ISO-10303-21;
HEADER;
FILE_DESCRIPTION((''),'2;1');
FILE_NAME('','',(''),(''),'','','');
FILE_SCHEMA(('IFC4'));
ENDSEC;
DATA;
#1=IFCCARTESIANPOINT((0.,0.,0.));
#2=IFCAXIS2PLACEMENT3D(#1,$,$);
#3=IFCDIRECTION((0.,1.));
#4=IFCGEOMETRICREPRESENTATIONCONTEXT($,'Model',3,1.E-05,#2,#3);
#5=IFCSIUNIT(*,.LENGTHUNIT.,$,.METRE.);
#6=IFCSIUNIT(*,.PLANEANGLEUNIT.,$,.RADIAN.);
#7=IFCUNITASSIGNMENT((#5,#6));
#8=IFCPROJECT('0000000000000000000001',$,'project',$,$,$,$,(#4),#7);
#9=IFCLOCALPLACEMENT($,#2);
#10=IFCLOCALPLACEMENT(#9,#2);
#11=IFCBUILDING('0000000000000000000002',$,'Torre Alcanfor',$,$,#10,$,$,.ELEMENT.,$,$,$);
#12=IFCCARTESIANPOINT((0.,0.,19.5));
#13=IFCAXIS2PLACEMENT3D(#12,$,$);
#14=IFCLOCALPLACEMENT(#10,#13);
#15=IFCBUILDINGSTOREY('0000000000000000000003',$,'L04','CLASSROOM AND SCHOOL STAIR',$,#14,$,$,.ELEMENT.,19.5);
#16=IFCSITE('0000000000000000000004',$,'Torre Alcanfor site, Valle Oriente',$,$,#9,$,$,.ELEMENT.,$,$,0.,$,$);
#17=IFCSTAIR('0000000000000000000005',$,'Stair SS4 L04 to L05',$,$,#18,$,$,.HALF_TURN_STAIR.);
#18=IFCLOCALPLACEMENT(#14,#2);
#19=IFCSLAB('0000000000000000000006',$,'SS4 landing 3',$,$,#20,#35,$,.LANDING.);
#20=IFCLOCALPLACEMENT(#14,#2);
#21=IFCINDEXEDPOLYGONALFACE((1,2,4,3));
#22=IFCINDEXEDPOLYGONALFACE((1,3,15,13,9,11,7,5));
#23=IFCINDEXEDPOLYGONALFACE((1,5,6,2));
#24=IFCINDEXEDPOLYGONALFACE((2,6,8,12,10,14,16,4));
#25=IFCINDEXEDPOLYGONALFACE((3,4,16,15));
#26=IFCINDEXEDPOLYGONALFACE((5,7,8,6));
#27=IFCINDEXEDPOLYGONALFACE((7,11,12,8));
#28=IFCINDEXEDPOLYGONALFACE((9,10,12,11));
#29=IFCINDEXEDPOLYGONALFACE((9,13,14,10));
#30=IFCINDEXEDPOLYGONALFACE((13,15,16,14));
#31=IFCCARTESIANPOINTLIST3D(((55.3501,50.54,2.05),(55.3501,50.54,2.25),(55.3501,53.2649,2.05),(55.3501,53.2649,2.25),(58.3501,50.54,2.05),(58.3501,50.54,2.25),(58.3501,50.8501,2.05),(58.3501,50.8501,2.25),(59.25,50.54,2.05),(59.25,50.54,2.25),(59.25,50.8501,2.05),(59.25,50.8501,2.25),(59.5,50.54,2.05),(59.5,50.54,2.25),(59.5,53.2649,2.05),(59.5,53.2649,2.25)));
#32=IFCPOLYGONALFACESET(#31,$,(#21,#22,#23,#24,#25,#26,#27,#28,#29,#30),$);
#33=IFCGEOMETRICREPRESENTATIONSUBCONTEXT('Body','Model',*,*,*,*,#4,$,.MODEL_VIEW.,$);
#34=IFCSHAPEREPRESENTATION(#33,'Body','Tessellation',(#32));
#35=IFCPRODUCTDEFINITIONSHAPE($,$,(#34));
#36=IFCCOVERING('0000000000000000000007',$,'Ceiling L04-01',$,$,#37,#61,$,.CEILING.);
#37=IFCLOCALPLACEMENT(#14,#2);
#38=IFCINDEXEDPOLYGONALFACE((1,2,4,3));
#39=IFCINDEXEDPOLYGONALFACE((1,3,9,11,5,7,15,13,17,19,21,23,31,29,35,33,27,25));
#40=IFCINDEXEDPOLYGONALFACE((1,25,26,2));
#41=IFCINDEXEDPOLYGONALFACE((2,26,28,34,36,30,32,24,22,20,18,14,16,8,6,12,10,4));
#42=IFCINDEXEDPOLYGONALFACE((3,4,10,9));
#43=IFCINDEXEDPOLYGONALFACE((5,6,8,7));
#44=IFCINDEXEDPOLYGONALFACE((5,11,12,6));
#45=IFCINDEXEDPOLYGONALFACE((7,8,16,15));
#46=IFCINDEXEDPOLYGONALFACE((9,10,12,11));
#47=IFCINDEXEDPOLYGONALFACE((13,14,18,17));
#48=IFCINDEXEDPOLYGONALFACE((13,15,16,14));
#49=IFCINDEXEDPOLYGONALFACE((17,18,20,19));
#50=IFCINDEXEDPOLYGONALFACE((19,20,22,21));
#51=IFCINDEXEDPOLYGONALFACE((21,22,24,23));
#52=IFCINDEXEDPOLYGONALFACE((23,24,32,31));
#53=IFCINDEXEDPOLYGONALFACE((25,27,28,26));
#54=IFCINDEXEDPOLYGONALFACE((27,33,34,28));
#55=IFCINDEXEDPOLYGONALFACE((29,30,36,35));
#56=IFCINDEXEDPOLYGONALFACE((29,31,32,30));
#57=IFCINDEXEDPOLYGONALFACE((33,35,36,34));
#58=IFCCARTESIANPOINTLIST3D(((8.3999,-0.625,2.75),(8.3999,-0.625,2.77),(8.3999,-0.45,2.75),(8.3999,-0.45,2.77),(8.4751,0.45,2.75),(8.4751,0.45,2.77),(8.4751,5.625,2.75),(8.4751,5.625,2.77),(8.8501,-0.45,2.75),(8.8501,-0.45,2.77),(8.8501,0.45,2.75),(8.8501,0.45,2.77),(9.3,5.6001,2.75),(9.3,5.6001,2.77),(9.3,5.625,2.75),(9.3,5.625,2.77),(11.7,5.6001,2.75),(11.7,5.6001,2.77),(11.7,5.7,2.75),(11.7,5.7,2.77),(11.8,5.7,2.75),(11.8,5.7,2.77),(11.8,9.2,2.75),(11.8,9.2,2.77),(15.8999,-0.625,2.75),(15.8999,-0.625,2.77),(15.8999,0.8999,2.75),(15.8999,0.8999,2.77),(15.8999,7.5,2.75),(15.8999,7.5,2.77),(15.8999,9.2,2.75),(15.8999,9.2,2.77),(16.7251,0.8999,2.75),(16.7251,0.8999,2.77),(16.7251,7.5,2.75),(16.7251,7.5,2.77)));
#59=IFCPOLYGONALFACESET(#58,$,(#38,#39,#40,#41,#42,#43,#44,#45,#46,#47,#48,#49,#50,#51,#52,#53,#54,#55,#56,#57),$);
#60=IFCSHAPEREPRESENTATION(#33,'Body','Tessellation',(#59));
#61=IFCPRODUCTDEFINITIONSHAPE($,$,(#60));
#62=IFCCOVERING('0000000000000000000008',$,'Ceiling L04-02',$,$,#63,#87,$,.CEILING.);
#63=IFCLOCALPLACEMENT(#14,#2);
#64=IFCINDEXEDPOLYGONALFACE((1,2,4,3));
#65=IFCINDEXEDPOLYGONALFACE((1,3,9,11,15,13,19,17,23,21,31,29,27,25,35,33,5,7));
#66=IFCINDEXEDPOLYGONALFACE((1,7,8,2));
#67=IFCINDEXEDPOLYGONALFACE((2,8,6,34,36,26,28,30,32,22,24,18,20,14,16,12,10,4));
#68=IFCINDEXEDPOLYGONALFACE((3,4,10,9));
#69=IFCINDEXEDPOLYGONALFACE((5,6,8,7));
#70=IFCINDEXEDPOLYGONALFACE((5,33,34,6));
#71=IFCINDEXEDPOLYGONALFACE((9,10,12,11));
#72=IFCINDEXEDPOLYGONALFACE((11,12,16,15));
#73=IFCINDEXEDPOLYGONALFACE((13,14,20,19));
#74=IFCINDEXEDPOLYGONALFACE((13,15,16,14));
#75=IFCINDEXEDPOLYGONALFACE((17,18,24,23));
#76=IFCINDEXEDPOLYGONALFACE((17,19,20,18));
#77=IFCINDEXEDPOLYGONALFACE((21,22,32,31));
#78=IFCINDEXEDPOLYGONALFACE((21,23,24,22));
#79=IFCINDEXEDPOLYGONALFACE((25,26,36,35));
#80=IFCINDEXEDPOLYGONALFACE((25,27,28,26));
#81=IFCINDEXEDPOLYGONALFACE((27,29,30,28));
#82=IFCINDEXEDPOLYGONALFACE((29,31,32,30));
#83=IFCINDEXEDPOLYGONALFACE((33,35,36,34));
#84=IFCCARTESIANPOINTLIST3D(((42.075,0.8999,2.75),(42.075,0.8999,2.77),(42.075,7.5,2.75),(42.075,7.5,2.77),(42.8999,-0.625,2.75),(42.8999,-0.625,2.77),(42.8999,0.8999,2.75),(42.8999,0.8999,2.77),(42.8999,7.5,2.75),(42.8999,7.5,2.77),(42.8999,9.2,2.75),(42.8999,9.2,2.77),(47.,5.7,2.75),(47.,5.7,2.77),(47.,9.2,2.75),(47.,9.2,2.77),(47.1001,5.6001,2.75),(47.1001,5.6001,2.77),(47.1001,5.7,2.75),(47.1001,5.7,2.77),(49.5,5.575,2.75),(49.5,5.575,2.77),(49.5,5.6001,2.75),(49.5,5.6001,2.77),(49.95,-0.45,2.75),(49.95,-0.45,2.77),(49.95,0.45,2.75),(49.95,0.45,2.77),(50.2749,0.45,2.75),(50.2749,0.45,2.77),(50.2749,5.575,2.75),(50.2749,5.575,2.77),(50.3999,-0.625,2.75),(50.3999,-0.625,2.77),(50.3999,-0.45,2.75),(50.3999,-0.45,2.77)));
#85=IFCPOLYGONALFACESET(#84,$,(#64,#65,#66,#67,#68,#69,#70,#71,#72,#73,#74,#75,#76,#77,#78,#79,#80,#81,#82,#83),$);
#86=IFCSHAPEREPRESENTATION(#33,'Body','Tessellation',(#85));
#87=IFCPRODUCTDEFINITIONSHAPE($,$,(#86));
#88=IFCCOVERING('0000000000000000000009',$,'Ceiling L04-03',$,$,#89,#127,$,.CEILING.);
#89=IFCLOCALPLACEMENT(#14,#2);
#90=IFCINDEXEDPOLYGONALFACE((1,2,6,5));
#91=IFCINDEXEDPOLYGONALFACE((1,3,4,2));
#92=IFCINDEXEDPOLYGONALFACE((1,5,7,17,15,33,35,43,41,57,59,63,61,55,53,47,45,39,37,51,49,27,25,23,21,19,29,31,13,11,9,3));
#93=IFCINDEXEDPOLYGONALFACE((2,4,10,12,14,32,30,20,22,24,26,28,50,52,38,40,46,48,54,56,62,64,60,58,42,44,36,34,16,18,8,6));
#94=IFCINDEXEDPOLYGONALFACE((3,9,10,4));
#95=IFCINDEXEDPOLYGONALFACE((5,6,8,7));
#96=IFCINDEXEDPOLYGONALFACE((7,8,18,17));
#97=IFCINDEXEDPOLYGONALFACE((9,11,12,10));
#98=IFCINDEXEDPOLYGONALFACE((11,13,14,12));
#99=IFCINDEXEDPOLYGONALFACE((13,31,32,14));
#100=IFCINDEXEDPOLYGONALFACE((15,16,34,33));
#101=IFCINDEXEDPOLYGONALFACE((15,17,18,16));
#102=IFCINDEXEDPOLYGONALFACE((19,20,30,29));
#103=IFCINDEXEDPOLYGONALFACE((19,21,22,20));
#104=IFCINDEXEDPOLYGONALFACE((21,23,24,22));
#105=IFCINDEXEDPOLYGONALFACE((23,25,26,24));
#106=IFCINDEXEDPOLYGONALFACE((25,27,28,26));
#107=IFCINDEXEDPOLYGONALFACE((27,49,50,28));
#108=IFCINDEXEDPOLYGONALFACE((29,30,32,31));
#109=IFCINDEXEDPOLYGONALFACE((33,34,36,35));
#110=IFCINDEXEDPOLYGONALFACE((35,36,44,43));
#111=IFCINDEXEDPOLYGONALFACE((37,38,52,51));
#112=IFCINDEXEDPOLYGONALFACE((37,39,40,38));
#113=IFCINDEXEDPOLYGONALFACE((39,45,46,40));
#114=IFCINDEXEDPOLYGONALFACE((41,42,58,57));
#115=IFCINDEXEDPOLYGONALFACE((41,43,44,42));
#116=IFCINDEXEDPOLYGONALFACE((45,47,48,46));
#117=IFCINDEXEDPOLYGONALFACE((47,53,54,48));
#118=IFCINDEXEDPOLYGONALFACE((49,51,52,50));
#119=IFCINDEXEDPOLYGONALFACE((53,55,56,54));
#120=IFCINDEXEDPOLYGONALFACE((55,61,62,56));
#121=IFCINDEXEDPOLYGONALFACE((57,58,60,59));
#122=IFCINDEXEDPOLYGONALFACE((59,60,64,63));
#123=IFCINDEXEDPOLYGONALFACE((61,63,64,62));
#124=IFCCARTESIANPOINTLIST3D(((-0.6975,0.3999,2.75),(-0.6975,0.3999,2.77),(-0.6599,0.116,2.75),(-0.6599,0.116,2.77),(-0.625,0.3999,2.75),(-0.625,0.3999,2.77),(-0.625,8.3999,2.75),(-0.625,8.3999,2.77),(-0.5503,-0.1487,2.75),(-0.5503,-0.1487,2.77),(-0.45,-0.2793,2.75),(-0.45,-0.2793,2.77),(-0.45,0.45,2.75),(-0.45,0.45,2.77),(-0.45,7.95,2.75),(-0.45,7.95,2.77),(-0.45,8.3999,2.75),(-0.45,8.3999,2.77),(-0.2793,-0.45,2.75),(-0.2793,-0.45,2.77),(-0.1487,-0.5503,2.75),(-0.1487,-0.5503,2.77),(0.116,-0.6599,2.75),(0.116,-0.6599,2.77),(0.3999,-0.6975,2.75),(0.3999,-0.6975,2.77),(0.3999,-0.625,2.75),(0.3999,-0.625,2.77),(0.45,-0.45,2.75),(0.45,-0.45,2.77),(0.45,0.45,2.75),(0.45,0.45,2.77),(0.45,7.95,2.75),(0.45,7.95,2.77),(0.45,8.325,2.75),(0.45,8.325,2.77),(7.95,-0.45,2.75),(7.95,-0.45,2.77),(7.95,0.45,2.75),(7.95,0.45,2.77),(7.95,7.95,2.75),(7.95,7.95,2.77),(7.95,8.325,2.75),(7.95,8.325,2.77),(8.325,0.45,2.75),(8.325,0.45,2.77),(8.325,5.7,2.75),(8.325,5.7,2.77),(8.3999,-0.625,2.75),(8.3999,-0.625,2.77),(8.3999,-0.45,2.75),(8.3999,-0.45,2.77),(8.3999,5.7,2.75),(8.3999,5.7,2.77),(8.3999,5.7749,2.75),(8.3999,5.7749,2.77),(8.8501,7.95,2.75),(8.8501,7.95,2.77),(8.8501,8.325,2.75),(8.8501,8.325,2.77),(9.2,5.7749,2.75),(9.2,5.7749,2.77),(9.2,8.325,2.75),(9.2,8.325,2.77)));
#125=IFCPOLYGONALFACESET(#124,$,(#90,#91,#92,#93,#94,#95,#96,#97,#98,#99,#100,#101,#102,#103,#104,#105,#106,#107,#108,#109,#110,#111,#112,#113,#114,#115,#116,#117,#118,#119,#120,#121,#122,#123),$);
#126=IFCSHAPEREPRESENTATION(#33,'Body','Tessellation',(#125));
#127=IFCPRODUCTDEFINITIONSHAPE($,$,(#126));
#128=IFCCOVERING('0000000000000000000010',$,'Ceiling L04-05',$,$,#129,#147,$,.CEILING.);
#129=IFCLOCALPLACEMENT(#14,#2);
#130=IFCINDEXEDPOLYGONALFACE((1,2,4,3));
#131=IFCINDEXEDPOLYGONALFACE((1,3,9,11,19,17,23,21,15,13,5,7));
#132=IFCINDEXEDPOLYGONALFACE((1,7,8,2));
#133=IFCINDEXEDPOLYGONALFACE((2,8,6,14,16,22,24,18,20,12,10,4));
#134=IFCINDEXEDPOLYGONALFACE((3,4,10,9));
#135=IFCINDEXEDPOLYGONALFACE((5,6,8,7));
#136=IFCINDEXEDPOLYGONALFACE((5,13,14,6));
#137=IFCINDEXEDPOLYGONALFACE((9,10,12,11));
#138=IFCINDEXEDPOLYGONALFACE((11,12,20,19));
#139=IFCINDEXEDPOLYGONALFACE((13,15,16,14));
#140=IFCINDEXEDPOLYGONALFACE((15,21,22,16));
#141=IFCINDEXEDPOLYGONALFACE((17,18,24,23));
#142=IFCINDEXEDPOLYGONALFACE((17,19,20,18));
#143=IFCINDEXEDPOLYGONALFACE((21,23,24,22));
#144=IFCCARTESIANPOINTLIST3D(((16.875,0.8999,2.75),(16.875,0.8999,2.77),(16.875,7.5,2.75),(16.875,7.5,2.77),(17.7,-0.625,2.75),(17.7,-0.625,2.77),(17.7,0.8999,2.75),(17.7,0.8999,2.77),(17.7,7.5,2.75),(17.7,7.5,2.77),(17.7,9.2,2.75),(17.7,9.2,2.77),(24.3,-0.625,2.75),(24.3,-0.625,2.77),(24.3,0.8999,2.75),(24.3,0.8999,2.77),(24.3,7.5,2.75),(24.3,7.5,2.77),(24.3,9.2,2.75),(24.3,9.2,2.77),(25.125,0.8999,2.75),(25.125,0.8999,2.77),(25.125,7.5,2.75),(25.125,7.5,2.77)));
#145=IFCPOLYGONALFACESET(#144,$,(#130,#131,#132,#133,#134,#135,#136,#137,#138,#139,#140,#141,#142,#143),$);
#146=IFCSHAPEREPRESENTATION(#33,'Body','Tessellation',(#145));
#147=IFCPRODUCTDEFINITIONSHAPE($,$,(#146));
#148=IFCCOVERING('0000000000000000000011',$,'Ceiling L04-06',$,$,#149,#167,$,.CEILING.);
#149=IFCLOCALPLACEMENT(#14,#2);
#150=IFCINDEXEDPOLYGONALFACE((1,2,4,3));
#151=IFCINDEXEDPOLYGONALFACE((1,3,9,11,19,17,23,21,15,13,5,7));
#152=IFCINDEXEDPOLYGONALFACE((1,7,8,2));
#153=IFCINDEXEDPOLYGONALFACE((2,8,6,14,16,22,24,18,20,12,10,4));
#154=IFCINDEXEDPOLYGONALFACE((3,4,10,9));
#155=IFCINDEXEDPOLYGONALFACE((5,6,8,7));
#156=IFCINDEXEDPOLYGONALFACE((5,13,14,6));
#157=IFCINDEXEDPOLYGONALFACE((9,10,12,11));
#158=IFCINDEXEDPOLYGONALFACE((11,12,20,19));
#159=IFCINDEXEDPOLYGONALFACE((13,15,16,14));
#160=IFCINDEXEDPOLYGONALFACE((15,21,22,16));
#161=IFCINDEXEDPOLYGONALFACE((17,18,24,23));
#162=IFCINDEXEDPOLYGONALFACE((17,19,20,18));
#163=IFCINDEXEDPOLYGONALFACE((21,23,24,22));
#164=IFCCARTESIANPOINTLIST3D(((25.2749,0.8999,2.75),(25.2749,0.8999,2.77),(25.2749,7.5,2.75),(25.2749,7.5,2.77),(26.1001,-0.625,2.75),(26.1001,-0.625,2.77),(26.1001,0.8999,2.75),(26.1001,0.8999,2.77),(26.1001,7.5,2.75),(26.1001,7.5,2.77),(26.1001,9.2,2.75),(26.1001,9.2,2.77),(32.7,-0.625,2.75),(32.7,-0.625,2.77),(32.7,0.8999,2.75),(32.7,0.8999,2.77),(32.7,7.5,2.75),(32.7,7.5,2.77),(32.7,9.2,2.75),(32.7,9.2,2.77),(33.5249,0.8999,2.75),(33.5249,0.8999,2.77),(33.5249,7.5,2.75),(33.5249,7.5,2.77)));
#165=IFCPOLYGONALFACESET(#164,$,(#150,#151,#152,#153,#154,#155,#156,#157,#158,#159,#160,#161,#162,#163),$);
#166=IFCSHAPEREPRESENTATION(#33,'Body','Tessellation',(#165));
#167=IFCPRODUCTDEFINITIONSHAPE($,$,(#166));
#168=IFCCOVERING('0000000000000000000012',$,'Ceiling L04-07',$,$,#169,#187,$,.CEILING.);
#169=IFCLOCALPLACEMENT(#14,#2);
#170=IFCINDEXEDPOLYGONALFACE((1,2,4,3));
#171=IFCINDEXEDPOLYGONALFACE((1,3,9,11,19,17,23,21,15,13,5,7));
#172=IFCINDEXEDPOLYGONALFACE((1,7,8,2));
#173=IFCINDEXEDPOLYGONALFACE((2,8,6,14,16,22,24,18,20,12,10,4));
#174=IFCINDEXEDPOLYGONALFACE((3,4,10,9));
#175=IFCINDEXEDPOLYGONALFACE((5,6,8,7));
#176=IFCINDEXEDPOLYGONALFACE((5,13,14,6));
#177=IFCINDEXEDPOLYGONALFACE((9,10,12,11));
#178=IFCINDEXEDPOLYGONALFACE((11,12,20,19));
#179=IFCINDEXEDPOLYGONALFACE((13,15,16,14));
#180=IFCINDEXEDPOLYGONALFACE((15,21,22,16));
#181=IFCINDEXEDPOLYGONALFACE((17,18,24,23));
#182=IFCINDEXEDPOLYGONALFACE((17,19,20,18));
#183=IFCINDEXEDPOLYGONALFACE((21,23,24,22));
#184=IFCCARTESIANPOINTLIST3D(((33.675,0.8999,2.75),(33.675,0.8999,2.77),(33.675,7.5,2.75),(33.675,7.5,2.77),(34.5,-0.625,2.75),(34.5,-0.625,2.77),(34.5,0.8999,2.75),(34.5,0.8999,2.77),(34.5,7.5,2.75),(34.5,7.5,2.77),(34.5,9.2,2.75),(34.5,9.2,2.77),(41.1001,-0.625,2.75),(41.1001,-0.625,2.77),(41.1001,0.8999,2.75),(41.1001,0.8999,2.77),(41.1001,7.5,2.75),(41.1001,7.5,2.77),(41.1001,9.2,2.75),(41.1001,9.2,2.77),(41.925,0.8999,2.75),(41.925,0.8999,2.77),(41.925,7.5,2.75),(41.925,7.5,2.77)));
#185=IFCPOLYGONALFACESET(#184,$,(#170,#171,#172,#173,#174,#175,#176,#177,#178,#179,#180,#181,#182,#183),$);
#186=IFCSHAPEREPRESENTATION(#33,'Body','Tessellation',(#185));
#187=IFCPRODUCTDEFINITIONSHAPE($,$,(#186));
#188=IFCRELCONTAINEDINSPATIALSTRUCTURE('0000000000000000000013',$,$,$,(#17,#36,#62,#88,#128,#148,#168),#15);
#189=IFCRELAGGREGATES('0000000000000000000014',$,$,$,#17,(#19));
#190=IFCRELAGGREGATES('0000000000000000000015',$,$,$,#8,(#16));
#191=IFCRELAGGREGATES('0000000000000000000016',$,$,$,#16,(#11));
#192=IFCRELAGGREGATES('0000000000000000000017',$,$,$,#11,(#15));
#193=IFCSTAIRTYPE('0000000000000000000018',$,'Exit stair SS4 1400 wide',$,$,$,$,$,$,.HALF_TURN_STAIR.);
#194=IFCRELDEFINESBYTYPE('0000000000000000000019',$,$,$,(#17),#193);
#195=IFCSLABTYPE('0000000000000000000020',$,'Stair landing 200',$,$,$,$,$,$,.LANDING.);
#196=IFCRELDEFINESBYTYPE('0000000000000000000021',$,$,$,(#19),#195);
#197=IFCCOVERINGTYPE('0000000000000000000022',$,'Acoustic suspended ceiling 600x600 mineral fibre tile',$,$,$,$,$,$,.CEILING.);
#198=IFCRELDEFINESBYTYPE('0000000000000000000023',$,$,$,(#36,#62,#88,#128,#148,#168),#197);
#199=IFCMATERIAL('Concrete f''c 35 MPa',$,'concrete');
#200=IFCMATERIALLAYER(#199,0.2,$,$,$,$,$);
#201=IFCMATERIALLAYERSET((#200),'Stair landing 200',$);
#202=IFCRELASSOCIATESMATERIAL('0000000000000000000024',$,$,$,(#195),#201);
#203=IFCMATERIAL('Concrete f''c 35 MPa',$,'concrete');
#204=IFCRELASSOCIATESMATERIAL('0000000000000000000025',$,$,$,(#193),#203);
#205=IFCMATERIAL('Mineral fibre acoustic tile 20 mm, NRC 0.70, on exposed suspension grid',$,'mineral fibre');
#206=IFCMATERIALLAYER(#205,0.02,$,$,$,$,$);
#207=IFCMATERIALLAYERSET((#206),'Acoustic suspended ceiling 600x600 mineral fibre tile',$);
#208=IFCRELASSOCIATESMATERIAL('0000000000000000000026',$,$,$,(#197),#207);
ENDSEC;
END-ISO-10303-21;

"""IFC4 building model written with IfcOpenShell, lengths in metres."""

from ifc_helpers import new_model, si_unit, direction, frame, origin, place, context, subcontext, project, spatial, polyline, outline, extrude, material, layer, layer_set, type_object, element, aggregate, save


model = new_model("IFC4")

# Units and contexts
model_context = context("Model", 3, precision=1e-05, world=origin(), true_north=direction((0.0, 1.0)))
body_context = subcontext(model_context, "Body", "Model", "MODEL_VIEW")
ifc_project = project(units=[si_unit("LENGTHUNIT", "METRE"), si_unit("PLANEANGLEUNIT", "RADIAN")], contexts=[model_context])

# Site, building, storey
site_placement = place(None, origin())
site = spatial("IfcSite", under=ifc_project, at=site_placement, Name="Torre Alcanfor site, Valle Oriente", CompositionType="ELEMENT", RefElevation=0.0)
building_placement = place(site_placement, origin())
building = spatial("IfcBuilding", under=site, at=building_placement, Name="Torre Alcanfor", CompositionType="ELEMENT")
storey_placement = place(building_placement, frame((0.0, 0.0, 19.5)))
storey = spatial("IfcBuildingStorey", under=building, at=storey_placement, Name="L04", Description="CLASSROOM AND SCHOOL STAIR", CompositionType="ELEMENT", Elevation=19.5)

# Stair, slab
ifc_material_1 = material(Name="Concrete f'c 35 MPa", Category="concrete")
ifc_layer_1 = layer(ifc_material_1, 0.2)
ifc_layer_set_1 = layer_set([ifc_layer_1], Name="Stair landing 200")
slab_type_1 = type_object("IfcSlabType", Name="Stair landing 200", PredefinedType="LANDING", material=ifc_layer_set_1)
ifc_material_2 = material(Name="Concrete f'c 35 MPa", Category="concrete")
stair_type_1 = type_object("IfcStairType", Name="Exit stair SS4 1400 wide", PredefinedType="HALF_TURN_STAIR", material=ifc_material_2)
stair_1_placement = place(storey_placement, origin())
stair_1 = element("IfcStair", 1, at=stair_1_placement, inside=storey, type_object=stair_type_1, Name="Stair SS4 L04 to L05", PredefinedType="HALF_TURN_STAIR")
slab_1_placement = place(storey_placement, frame((0.0, 0.0, 2.05)))
slab_1 = element("IfcSlab", 2, at=slab_1_placement, type_object=slab_type_1, Name="SS4 landing 3", PredefinedType="LANDING", context=body_context, shape_type="SweptSolid", body=[
    extrude(outline(polyline([(55.3501, 50.54), (55.3501, 53.2649), (59.5, 53.2649), (59.5, 50.54), (59.25, 50.54), (59.25, 50.8501), (58.3501, 50.8501), (58.3501, 50.54), (55.3501, 50.54)])), origin(), (0.0, 0.0, 1.0), 0.2),
])
aggregate(stair_1, [slab_1])

# Coverings
ifc_material_3 = material(Name="Mineral fibre acoustic tile 20 mm, NRC 0.70, on exposed suspension grid", Category="mineral fibre")
ifc_layer_2 = layer(ifc_material_3, 0.02)
ifc_layer_set_2 = layer_set([ifc_layer_2], Name="Acoustic suspended ceiling 600x600 mineral fibre tile")
covering_type = type_object("IfcCoveringType", Name="Acoustic suspended ceiling 600x600 mineral fibre tile", PredefinedType="CEILING", material=ifc_layer_set_2)
covering_1_placement = place(storey_placement, frame((0.0, 0.0, 2.75)))
element("IfcCovering", 3, at=covering_1_placement, inside=storey, type_object=covering_type, Name="Ceiling L04-01", PredefinedType="CEILING", context=body_context, shape_type="SweptSolid", body=[
    extrude(outline(polyline([(16.7251, 7.5), (15.8999, 7.5), (15.8999, 9.2), (11.8, 9.2), (11.8, 5.7), (11.7, 5.7), (11.7, 5.6001), (9.3, 5.6001), (9.3, 5.625), (8.4751, 5.625), (8.4751, 0.45), (8.8501, 0.45), (8.8501, -0.45), (8.3999, -0.45), (8.3999, -0.625), (15.8999, -0.625), (15.8999, 0.8999), (16.7251, 0.8999), (16.7251, 7.5)])), origin(), (0.0, 0.0, 1.0), 0.02),
])
covering_2_placement = place(storey_placement, frame((0.0, 0.0, 2.75)))
element("IfcCovering", 4, at=covering_2_placement, inside=storey, type_object=covering_type, Name="Ceiling L04-02", PredefinedType="CEILING", context=body_context, shape_type="SweptSolid", body=[
    extrude(outline(polyline([(49.95, -0.45), (49.95, 0.45), (50.2749, 0.45), (50.2749, 5.575), (49.5, 5.575), (49.5, 5.6001), (47.1001, 5.6001), (47.1001, 5.7), (47.0, 5.7), (47.0, 9.2), (42.8999, 9.2), (42.8999, 7.5), (42.075, 7.5), (42.075, 0.8999), (42.8999, 0.8999), (42.8999, -0.625), (50.3999, -0.625), (50.3999, -0.45), (49.95, -0.45)])), origin(), (0.0, 0.0, 1.0), 0.02),
])
covering_3_placement = place(storey_placement, frame((0.0, 0.0, 2.75)))
element("IfcCovering", 5, at=covering_3_placement, inside=storey, type_object=covering_type, Name="Ceiling L04-03", PredefinedType="CEILING", context=body_context, shape_type="SweptSolid", body=[
    extrude(outline(polyline([(-0.6975, 0.3999), (-0.6599, 0.116), (-0.5503, -0.1487), (-0.45, -0.2793), (-0.45, 0.45), (0.45, 0.45), (0.45, -0.45), (-0.2793, -0.45), (-0.1487, -0.5503), (0.116, -0.6599), (0.3999, -0.6975), (0.3999, -0.625), (8.3999, -0.625), (8.3999, -0.45), (7.95, -0.45), (7.95, 0.45), (8.325, 0.45), (8.325, 5.7), (8.3999, 5.7), (8.3999, 5.7749), (9.2, 5.7749), (9.2, 8.325), (8.8501, 8.325), (8.8501, 7.95), (7.95, 7.95), (7.95, 8.325), (0.45, 8.325), (0.45, 7.95), (-0.45, 7.95), (-0.45, 8.3999), (-0.625, 8.3999), (-0.625, 0.3999), (-0.6975, 0.3999)])), origin(), (0.0, 0.0, 1.0), 0.02),
])
covering_4_placement = place(storey_placement, frame((0.0, 0.0, 2.75)))
element("IfcCovering", 6, at=covering_4_placement, inside=storey, type_object=covering_type, Name="Ceiling L04-05", PredefinedType="CEILING", context=body_context, shape_type="SweptSolid", body=[
    extrude(outline(polyline([(25.125, 7.5), (24.3, 7.5), (24.3, 9.2), (17.7, 9.2), (17.7, 7.5), (16.875, 7.5), (16.875, 0.8999), (17.7, 0.8999), (17.7, -0.625), (24.3, -0.625), (24.3, 0.8999), (25.125, 0.8999), (25.125, 7.5)])), origin(), (0.0, 0.0, 1.0), 0.02),
])
covering_5_placement = place(storey_placement, frame((0.0, 0.0, 2.75)))
element("IfcCovering", 7, at=covering_5_placement, inside=storey, type_object=covering_type, Name="Ceiling L04-06", PredefinedType="CEILING", context=body_context, shape_type="SweptSolid", body=[
    extrude(outline(polyline([(33.5249, 7.5), (32.7, 7.5), (32.7, 9.2), (26.1001, 9.2), (26.1001, 7.5), (25.2749, 7.5), (25.2749, 0.8999), (26.1001, 0.8999), (26.1001, -0.625), (32.7, -0.625), (32.7, 0.8999), (33.5249, 0.8999), (33.5249, 7.5)])), origin(), (0.0, 0.0, 1.0), 0.02),
])
covering_6_placement = place(storey_placement, frame((0.0, 0.0, 2.75)))
element("IfcCovering", 8, at=covering_6_placement, inside=storey, type_object=covering_type, Name="Ceiling L04-07", PredefinedType="CEILING", context=body_context, shape_type="SweptSolid", body=[
    extrude(outline(polyline([(41.925, 7.5), (41.1001, 7.5), (41.1001, 9.2), (34.5, 9.2), (34.5, 7.5), (33.675, 7.5), (33.675, 0.8999), (34.5, 0.8999), (34.5, -0.625), (41.1001, -0.625), (41.1001, 0.8999), (41.925, 0.8999), (41.925, 7.5)])), origin(), (0.0, 0.0, 1.0), 0.02),
])

save(model, "model.ifc")
